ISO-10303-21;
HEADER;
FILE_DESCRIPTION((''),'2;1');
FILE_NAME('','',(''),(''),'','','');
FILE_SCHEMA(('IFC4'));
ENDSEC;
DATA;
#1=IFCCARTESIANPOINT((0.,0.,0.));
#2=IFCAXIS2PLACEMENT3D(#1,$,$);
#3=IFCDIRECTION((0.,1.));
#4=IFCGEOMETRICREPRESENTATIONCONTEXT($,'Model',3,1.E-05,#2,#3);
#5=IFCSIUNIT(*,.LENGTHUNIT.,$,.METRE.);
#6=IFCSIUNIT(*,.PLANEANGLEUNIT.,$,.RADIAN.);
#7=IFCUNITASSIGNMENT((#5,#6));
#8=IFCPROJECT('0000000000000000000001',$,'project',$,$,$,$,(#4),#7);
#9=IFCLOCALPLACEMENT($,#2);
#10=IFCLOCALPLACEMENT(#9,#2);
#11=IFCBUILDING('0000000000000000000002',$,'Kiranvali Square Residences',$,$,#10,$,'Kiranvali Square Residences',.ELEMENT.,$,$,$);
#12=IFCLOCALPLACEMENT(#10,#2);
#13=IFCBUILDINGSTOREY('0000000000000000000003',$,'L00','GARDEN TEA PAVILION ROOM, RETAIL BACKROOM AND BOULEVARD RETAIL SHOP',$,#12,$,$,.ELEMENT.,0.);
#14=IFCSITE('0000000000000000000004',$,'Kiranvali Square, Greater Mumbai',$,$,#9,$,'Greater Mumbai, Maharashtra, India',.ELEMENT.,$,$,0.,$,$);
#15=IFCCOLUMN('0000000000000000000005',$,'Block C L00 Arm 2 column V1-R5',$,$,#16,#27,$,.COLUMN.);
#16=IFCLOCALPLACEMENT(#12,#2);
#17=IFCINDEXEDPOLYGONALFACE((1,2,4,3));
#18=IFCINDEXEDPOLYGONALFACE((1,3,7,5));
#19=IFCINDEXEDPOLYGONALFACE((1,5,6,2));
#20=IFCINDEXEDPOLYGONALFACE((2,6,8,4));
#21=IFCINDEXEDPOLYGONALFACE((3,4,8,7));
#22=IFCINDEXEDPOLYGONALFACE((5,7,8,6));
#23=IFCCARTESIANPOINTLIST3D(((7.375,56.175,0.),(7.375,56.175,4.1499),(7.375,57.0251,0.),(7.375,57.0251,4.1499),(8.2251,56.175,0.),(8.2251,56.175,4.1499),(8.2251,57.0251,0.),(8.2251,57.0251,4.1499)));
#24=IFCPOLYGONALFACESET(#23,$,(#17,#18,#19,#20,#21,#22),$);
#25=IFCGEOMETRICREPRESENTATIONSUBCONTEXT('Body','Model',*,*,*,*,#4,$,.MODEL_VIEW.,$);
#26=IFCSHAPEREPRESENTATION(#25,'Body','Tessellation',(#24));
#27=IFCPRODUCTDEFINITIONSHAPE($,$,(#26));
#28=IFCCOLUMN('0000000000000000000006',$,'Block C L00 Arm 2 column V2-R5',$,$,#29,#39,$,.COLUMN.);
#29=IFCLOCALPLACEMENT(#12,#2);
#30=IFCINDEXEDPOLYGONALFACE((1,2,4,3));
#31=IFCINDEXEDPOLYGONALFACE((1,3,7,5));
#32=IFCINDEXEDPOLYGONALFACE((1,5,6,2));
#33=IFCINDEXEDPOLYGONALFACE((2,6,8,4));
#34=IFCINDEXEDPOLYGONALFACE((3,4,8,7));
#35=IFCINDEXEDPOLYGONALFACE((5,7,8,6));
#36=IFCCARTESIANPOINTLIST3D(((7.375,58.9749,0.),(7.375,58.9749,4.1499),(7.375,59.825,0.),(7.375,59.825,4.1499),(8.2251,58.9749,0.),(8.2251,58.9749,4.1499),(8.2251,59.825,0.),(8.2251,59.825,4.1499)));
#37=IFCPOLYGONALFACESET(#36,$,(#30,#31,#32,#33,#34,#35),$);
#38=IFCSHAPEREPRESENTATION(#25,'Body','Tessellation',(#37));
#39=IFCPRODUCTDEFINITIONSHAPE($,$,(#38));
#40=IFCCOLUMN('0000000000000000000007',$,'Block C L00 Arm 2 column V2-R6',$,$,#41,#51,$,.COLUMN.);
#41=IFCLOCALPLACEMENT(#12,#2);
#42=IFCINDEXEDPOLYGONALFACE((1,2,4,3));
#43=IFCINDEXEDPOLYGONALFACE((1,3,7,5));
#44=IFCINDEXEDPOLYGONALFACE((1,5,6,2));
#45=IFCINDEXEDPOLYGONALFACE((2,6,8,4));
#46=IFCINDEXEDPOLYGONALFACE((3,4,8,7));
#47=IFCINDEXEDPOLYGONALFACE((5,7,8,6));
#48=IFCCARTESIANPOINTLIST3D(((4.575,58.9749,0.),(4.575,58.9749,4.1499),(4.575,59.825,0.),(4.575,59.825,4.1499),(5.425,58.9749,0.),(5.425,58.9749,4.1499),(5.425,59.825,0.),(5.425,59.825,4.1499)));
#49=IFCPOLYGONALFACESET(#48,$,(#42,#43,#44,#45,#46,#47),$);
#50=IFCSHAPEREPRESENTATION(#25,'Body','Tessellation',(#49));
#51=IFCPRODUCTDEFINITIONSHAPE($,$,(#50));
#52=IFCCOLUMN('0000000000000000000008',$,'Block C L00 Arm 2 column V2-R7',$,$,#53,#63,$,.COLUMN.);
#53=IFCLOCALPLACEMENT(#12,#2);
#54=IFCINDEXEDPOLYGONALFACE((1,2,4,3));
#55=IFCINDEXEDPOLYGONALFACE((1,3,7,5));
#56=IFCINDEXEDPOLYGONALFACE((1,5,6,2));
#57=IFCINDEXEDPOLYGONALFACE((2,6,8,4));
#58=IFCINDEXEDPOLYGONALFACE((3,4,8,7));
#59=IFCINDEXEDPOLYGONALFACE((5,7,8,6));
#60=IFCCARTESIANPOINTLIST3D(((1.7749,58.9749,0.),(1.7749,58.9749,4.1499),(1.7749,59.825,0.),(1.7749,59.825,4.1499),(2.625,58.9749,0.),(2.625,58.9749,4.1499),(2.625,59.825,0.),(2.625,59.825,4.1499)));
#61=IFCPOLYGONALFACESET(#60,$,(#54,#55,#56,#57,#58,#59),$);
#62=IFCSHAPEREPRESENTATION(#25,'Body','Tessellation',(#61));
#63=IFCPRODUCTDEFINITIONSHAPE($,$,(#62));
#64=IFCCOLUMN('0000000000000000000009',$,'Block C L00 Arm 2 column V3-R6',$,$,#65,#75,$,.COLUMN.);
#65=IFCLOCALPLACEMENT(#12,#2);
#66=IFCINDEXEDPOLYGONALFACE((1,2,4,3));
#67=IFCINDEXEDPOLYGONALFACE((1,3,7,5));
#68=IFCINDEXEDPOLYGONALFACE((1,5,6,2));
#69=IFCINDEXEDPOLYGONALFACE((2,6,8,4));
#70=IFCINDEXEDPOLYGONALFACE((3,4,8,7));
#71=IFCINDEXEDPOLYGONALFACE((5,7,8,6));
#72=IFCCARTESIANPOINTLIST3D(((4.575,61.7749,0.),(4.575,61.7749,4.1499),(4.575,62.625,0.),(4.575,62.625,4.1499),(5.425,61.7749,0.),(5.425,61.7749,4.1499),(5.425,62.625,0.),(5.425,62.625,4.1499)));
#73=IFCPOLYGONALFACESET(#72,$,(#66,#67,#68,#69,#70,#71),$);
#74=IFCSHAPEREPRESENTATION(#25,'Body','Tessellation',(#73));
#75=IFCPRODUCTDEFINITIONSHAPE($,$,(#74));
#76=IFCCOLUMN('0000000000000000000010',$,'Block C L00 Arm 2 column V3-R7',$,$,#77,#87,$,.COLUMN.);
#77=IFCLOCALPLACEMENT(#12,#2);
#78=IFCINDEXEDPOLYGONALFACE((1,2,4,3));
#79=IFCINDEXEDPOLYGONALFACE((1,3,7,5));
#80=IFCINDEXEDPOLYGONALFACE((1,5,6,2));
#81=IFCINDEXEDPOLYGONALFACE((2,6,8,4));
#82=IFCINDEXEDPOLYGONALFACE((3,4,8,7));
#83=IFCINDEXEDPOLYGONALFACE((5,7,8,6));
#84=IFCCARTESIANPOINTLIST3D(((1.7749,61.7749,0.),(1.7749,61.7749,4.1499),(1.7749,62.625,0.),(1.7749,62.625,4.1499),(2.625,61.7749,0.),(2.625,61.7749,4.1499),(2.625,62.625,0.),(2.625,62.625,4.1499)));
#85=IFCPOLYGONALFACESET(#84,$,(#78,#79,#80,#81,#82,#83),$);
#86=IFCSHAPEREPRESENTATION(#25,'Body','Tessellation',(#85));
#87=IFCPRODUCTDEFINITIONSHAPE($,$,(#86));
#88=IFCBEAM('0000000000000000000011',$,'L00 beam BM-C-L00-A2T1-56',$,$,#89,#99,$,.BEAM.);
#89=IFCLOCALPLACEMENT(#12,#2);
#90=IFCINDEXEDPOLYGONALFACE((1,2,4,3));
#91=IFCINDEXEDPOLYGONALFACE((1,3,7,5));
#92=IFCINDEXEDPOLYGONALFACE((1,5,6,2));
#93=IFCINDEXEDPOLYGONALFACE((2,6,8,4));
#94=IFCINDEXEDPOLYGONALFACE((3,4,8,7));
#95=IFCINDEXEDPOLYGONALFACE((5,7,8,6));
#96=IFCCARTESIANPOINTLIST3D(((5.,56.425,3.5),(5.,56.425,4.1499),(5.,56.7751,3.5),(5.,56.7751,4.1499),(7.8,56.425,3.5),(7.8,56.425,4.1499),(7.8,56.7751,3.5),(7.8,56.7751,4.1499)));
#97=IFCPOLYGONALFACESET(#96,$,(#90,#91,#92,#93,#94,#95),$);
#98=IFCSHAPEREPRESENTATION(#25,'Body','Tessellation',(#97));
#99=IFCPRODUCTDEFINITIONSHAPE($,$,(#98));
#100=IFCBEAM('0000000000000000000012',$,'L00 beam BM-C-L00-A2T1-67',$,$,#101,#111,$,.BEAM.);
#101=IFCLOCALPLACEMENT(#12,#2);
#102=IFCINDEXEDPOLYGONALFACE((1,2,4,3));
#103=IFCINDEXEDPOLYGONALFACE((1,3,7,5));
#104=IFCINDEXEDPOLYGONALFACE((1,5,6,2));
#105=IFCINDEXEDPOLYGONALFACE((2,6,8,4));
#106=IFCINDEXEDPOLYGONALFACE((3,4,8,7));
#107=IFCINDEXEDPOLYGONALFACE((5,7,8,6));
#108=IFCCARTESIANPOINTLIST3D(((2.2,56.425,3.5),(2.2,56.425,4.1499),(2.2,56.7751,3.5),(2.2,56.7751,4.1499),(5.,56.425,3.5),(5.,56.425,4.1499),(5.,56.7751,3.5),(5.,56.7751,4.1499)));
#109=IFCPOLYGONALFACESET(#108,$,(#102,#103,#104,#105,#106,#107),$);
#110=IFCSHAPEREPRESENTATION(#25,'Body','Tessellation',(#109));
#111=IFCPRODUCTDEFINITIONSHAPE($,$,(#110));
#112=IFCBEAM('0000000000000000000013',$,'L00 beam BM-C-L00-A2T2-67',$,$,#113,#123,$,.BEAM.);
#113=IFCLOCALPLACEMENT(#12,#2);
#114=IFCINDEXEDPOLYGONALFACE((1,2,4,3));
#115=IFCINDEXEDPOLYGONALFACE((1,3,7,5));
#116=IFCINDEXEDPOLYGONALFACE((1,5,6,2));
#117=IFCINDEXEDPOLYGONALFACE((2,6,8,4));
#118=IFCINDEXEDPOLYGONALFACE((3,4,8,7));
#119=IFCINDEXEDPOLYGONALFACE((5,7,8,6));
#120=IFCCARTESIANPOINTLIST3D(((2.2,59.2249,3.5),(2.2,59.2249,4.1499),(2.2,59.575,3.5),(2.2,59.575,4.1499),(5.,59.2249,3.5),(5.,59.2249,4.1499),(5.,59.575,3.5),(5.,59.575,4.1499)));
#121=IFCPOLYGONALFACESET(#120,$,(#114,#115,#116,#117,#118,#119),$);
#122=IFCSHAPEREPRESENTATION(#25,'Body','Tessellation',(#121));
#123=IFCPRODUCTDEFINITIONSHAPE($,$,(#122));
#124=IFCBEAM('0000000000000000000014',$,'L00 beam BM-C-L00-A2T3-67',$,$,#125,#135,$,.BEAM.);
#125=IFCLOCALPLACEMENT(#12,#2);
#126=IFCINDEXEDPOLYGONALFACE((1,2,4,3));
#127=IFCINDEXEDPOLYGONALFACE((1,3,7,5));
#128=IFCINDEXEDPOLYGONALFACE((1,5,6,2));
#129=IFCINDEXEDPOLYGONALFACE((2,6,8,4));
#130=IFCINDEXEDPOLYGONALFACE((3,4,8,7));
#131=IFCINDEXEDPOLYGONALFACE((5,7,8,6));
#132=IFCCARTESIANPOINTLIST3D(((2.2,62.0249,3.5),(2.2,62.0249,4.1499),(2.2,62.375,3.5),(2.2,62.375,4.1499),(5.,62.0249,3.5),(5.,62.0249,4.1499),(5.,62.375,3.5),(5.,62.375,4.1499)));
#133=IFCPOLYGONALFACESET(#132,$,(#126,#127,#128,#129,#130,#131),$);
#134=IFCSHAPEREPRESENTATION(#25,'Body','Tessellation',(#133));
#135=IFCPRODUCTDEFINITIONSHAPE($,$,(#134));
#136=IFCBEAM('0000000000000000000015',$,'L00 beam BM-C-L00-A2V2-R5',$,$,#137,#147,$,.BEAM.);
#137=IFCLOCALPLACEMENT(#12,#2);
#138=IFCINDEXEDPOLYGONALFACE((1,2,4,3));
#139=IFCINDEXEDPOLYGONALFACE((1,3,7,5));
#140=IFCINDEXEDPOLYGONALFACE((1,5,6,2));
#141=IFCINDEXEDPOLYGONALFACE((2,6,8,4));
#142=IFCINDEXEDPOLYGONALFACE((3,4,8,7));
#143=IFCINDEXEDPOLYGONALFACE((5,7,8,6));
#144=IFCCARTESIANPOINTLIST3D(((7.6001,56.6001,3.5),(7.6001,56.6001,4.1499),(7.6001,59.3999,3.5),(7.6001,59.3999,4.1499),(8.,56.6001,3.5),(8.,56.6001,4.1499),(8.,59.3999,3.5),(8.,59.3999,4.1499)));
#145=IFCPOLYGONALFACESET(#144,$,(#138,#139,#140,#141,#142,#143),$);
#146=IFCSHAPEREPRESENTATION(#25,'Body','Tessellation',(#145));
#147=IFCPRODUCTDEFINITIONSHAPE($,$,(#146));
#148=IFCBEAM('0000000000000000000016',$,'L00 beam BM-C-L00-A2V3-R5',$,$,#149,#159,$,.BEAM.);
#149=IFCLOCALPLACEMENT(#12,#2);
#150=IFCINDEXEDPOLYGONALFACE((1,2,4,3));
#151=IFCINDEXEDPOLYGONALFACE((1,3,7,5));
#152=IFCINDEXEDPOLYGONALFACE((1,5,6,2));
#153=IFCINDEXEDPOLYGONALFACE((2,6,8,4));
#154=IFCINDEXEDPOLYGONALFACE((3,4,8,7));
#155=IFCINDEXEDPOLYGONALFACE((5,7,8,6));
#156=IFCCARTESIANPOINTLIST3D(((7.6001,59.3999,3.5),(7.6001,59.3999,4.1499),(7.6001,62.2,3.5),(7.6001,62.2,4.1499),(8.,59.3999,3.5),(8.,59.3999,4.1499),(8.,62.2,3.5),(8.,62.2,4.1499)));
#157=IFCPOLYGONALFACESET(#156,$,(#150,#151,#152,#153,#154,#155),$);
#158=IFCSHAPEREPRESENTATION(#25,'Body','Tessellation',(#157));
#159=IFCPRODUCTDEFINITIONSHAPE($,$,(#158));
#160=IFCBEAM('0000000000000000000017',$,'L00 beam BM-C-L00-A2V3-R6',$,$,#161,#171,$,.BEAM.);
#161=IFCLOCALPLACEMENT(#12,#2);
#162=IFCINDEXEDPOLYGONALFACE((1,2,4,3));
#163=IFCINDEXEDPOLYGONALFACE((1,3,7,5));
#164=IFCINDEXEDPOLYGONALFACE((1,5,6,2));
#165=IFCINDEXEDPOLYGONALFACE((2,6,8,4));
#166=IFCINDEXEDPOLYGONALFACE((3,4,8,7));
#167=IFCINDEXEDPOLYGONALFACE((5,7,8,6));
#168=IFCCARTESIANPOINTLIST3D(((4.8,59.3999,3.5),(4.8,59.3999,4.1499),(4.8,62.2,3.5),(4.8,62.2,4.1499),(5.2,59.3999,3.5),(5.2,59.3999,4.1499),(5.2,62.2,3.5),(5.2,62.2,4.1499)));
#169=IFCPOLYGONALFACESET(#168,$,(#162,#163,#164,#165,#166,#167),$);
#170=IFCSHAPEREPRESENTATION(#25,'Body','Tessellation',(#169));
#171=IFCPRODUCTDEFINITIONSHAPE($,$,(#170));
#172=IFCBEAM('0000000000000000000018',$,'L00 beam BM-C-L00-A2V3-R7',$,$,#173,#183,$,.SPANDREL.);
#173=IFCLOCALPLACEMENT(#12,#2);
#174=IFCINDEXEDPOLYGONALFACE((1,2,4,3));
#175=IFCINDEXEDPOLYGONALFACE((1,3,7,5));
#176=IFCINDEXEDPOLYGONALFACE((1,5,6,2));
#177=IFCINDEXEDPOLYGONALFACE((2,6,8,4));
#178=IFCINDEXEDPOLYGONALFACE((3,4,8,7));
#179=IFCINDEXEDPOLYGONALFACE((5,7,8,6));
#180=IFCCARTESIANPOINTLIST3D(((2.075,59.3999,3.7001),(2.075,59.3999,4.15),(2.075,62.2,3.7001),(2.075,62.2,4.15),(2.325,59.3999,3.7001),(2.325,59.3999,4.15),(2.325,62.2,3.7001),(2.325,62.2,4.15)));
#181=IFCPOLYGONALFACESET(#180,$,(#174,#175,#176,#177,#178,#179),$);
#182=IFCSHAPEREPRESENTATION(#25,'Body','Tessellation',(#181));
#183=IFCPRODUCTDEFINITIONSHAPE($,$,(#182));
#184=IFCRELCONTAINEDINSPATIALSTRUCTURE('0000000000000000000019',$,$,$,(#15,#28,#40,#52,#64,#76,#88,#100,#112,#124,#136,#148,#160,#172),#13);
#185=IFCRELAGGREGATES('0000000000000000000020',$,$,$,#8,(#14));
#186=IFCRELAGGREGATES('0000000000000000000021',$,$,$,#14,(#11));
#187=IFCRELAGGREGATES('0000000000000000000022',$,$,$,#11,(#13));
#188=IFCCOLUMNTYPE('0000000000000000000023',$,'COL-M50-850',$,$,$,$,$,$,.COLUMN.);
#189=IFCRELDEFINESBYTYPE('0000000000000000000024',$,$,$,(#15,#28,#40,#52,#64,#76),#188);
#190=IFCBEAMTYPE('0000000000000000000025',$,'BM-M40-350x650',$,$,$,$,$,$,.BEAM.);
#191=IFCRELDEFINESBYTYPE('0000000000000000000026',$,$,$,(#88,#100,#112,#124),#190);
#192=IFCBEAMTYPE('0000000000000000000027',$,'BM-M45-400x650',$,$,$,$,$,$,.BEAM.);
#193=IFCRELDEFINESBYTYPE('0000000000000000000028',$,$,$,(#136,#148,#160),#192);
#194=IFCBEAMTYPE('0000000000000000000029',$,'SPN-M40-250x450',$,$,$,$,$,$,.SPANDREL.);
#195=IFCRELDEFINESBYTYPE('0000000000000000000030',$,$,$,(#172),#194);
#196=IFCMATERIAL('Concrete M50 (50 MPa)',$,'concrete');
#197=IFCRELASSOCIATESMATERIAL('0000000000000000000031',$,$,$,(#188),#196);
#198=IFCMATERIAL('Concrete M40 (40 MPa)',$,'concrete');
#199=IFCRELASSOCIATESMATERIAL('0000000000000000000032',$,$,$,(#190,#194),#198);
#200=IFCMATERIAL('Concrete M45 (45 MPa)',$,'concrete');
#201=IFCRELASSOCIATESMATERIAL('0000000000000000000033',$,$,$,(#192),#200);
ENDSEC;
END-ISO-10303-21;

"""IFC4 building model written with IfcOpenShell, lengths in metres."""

from ifc_helpers import new_model, si_unit, direction, frame, origin, origin_2d, place, context, subcontext, project, spatial, rectangle, extrude, material, material_profile, profile_set, type_object, element, save


model = new_model("IFC4")

# Units and contexts
model_context = context("Model", 3, precision=1e-05, world=origin(), true_north=direction((0.0, 1.0)))
body_context = subcontext(model_context, "Body", "Model", "MODEL_VIEW")
ifc_project = project(units=[si_unit("LENGTHUNIT", "METRE"), si_unit("PLANEANGLEUNIT", "RADIAN")], contexts=[model_context])

# Site, building, storey
site_placement = place(None, origin())
site = spatial("IfcSite", under=ifc_project, at=site_placement, Name="Kiranvali Square, Greater Mumbai", LongName="Greater Mumbai, Maharashtra, India", CompositionType="ELEMENT", RefElevation=0.0)
building_placement = place(site_placement, origin())
building = spatial("IfcBuilding", under=site, at=building_placement, Name="Kiranvali Square Residences", LongName="Kiranvali Square Residences", CompositionType="ELEMENT")
storey_placement = place(building_placement, origin())
storey = spatial("IfcBuildingStorey", under=building, at=storey_placement, Name="L00", Description="GARDEN TEA PAVILION ROOM, RETAIL BACKROOM AND BOULEVARD RETAIL SHOP", CompositionType="ELEMENT", Elevation=0.0)

# Columns
ifc_material_1 = material(Name="Concrete M50 (50 MPa)", Category="concrete")
ifc_material_profile_1 = material_profile(ifc_material_1, rectangle(XDim=0.8501, YDim=0.8501, at=origin_2d()), Name="RC 850x850")
ifc_profile_set_1 = profile_set([ifc_material_profile_1], Name="Concrete M50 (50 MPa)")
column_type = type_object("IfcColumnType", Name="COL-M50-850", PredefinedType="COLUMN", material=ifc_profile_set_1)
for number, where, z_axis, x_axis, name in (
    (1, (7.8, 56.6001, 0.0), (0.0, 0.0, 1.0), (1.0, 0.0, 0.0), "Block C L00 Arm 2 column V1-R5"),
    (2, (7.8, 59.3999, 0.0), (0.0, 0.0, 1.0), (1.0, 0.0, 0.0), "Block C L00 Arm 2 column V2-R5"),
    (3, (5.0, 59.3999, 0.0), (0.0, 0.0, 1.0), (1.0, 0.0, 0.0), "Block C L00 Arm 2 column V2-R6"),
    (4, (2.2, 59.3999, 0.0), (0.0, 0.0, 1.0), (1.0, 0.0, 0.0), "Block C L00 Arm 2 column V2-R7"),
    (5, (5.0, 62.2, 0.0), (0.0, 0.0, 1.0), (1.0, 0.0, 0.0), "Block C L00 Arm 2 column V3-R6"),
    (6, (2.2, 62.2, 0.0), (0.0, 0.0, 1.0), (1.0, 0.0, 0.0), "Block C L00 Arm 2 column V3-R7"),
):
    element("IfcColumn", number, at=place(storey_placement, frame(where, z_axis=z_axis, x_axis=x_axis)), inside=storey, type_object=column_type, Name=name, PredefinedType="COLUMN", context=body_context, shape_type="SweptSolid", body=[
        extrude(rectangle(XDim=0.8501, YDim=0.8501, at=origin_2d()), origin(), (0.0, 0.0, 1.0), 4.1499),
    ])

# Beams
ifc_material_2 = material(Name="Concrete M40 (40 MPa)", Category="concrete")
ifc_material_profile_2 = material_profile(ifc_material_2, rectangle(XDim=0.3501, YDim=0.6499, at=origin_2d()), Name="RC 350x650")
ifc_profile_set_2 = profile_set([ifc_material_profile_2], Name="Concrete M40 (40 MPa)")
beam_type_1 = type_object("IfcBeamType", Name="BM-M40-350x650", PredefinedType="BEAM", material=ifc_profile_set_2)
for number, where, z_axis, x_axis, name in (
    (7, (7.8, 56.6001, 3.825), (-1.0, 0.0, 0.0), (0.0, -1.0, 0.0), "L00 beam BM-C-L00-A2T1-56"),
    (8, (5.0, 56.6001, 3.825), (-1.0, 0.0, 0.0), (0.0, -1.0, 0.0), "L00 beam BM-C-L00-A2T1-67"),
    (9, (5.0, 59.3999, 3.825), (-1.0, 0.0, 0.0), (0.0, -1.0, 0.0), "L00 beam BM-C-L00-A2T2-67"),
    (10, (5.0, 62.2, 3.825), (-1.0, 0.0, 0.0), (0.0, -1.0, 0.0), "L00 beam BM-C-L00-A2T3-67"),
):
    element("IfcBeam", number, at=place(storey_placement, frame(where, z_axis=z_axis, x_axis=x_axis)), inside=storey, type_object=beam_type_1, Name=name, PredefinedType="BEAM", context=body_context, shape_type="SweptSolid", body=[
        extrude(rectangle(XDim=0.3501, YDim=0.6499, at=origin_2d()), origin(), (0.0, 0.0, 1.0), 2.8),
    ])
ifc_material_3 = material(Name="Concrete M45 (45 MPa)", Category="concrete")
ifc_material_profile_3 = material_profile(ifc_material_3, rectangle(XDim=0.3999, YDim=0.6499, at=origin_2d()), Name="RC 400x650")
ifc_profile_set_3 = profile_set([ifc_material_profile_3], Name="Concrete M45 (45 MPa)")
beam_type_2 = type_object("IfcBeamType", Name="BM-M45-400x650", PredefinedType="BEAM", material=ifc_profile_set_3)
beam_1_placement = place(storey_placement, frame((7.8, 56.6001, 3.825), z_axis=(0.0, 1.0, 0.0), x_axis=(-1.0, 0.0, 0.0)))
element("IfcBeam", 11, at=beam_1_placement, inside=storey, type_object=beam_type_2, Name="L00 beam BM-C-L00-A2V2-R5", PredefinedType="BEAM", context=body_context, shape_type="SweptSolid", body=[
    extrude(rectangle(XDim=0.3999, YDim=0.6499, at=origin_2d()), origin(), (0.0, 0.0, 1.0), 2.7998),
])
for number, where, z_axis, x_axis, name in (
    (12, (7.8, 59.3999, 3.825), (0.0, 1.0, 0.0), (-1.0, 0.0, 0.0), "L00 beam BM-C-L00-A2V3-R5"),
    (13, (5.0, 59.3999, 3.825), (0.0, 1.0, 0.0), (-1.0, 0.0, 0.0), "L00 beam BM-C-L00-A2V3-R6"),
):
    element("IfcBeam", number, at=place(storey_placement, frame(where, z_axis=z_axis, x_axis=x_axis)), inside=storey, type_object=beam_type_2, Name=name, PredefinedType="BEAM", context=body_context, shape_type="SweptSolid", body=[
        extrude(rectangle(XDim=0.3999, YDim=0.6499, at=origin_2d()), origin(), (0.0, 0.0, 1.0), 2.8),
    ])
ifc_material_profile_4 = material_profile(ifc_material_2, rectangle(XDim=0.25, YDim=0.45, at=origin_2d()), Name="RC 250x450")
ifc_profile_set_4 = profile_set([ifc_material_profile_4], Name="Concrete M40 (40 MPa)")
beam_type_3 = type_object("IfcBeamType", Name="SPN-M40-250x450", PredefinedType="SPANDREL", material=ifc_profile_set_4)
beam_2_placement = place(storey_placement, frame((2.2, 59.3999, 3.925), z_axis=(0.0, 1.0, 0.0), x_axis=(-1.0, 0.0, 0.0)))
element("IfcBeam", 14, at=beam_2_placement, inside=storey, type_object=beam_type_3, Name="L00 beam BM-C-L00-A2V3-R7", PredefinedType="SPANDREL", context=body_context, shape_type="SweptSolid", body=[
    extrude(rectangle(XDim=0.25, YDim=0.45, at=origin_2d()), origin(), (0.0, 0.0, 1.0), 2.8),
])

save(model, "model.ifc")
